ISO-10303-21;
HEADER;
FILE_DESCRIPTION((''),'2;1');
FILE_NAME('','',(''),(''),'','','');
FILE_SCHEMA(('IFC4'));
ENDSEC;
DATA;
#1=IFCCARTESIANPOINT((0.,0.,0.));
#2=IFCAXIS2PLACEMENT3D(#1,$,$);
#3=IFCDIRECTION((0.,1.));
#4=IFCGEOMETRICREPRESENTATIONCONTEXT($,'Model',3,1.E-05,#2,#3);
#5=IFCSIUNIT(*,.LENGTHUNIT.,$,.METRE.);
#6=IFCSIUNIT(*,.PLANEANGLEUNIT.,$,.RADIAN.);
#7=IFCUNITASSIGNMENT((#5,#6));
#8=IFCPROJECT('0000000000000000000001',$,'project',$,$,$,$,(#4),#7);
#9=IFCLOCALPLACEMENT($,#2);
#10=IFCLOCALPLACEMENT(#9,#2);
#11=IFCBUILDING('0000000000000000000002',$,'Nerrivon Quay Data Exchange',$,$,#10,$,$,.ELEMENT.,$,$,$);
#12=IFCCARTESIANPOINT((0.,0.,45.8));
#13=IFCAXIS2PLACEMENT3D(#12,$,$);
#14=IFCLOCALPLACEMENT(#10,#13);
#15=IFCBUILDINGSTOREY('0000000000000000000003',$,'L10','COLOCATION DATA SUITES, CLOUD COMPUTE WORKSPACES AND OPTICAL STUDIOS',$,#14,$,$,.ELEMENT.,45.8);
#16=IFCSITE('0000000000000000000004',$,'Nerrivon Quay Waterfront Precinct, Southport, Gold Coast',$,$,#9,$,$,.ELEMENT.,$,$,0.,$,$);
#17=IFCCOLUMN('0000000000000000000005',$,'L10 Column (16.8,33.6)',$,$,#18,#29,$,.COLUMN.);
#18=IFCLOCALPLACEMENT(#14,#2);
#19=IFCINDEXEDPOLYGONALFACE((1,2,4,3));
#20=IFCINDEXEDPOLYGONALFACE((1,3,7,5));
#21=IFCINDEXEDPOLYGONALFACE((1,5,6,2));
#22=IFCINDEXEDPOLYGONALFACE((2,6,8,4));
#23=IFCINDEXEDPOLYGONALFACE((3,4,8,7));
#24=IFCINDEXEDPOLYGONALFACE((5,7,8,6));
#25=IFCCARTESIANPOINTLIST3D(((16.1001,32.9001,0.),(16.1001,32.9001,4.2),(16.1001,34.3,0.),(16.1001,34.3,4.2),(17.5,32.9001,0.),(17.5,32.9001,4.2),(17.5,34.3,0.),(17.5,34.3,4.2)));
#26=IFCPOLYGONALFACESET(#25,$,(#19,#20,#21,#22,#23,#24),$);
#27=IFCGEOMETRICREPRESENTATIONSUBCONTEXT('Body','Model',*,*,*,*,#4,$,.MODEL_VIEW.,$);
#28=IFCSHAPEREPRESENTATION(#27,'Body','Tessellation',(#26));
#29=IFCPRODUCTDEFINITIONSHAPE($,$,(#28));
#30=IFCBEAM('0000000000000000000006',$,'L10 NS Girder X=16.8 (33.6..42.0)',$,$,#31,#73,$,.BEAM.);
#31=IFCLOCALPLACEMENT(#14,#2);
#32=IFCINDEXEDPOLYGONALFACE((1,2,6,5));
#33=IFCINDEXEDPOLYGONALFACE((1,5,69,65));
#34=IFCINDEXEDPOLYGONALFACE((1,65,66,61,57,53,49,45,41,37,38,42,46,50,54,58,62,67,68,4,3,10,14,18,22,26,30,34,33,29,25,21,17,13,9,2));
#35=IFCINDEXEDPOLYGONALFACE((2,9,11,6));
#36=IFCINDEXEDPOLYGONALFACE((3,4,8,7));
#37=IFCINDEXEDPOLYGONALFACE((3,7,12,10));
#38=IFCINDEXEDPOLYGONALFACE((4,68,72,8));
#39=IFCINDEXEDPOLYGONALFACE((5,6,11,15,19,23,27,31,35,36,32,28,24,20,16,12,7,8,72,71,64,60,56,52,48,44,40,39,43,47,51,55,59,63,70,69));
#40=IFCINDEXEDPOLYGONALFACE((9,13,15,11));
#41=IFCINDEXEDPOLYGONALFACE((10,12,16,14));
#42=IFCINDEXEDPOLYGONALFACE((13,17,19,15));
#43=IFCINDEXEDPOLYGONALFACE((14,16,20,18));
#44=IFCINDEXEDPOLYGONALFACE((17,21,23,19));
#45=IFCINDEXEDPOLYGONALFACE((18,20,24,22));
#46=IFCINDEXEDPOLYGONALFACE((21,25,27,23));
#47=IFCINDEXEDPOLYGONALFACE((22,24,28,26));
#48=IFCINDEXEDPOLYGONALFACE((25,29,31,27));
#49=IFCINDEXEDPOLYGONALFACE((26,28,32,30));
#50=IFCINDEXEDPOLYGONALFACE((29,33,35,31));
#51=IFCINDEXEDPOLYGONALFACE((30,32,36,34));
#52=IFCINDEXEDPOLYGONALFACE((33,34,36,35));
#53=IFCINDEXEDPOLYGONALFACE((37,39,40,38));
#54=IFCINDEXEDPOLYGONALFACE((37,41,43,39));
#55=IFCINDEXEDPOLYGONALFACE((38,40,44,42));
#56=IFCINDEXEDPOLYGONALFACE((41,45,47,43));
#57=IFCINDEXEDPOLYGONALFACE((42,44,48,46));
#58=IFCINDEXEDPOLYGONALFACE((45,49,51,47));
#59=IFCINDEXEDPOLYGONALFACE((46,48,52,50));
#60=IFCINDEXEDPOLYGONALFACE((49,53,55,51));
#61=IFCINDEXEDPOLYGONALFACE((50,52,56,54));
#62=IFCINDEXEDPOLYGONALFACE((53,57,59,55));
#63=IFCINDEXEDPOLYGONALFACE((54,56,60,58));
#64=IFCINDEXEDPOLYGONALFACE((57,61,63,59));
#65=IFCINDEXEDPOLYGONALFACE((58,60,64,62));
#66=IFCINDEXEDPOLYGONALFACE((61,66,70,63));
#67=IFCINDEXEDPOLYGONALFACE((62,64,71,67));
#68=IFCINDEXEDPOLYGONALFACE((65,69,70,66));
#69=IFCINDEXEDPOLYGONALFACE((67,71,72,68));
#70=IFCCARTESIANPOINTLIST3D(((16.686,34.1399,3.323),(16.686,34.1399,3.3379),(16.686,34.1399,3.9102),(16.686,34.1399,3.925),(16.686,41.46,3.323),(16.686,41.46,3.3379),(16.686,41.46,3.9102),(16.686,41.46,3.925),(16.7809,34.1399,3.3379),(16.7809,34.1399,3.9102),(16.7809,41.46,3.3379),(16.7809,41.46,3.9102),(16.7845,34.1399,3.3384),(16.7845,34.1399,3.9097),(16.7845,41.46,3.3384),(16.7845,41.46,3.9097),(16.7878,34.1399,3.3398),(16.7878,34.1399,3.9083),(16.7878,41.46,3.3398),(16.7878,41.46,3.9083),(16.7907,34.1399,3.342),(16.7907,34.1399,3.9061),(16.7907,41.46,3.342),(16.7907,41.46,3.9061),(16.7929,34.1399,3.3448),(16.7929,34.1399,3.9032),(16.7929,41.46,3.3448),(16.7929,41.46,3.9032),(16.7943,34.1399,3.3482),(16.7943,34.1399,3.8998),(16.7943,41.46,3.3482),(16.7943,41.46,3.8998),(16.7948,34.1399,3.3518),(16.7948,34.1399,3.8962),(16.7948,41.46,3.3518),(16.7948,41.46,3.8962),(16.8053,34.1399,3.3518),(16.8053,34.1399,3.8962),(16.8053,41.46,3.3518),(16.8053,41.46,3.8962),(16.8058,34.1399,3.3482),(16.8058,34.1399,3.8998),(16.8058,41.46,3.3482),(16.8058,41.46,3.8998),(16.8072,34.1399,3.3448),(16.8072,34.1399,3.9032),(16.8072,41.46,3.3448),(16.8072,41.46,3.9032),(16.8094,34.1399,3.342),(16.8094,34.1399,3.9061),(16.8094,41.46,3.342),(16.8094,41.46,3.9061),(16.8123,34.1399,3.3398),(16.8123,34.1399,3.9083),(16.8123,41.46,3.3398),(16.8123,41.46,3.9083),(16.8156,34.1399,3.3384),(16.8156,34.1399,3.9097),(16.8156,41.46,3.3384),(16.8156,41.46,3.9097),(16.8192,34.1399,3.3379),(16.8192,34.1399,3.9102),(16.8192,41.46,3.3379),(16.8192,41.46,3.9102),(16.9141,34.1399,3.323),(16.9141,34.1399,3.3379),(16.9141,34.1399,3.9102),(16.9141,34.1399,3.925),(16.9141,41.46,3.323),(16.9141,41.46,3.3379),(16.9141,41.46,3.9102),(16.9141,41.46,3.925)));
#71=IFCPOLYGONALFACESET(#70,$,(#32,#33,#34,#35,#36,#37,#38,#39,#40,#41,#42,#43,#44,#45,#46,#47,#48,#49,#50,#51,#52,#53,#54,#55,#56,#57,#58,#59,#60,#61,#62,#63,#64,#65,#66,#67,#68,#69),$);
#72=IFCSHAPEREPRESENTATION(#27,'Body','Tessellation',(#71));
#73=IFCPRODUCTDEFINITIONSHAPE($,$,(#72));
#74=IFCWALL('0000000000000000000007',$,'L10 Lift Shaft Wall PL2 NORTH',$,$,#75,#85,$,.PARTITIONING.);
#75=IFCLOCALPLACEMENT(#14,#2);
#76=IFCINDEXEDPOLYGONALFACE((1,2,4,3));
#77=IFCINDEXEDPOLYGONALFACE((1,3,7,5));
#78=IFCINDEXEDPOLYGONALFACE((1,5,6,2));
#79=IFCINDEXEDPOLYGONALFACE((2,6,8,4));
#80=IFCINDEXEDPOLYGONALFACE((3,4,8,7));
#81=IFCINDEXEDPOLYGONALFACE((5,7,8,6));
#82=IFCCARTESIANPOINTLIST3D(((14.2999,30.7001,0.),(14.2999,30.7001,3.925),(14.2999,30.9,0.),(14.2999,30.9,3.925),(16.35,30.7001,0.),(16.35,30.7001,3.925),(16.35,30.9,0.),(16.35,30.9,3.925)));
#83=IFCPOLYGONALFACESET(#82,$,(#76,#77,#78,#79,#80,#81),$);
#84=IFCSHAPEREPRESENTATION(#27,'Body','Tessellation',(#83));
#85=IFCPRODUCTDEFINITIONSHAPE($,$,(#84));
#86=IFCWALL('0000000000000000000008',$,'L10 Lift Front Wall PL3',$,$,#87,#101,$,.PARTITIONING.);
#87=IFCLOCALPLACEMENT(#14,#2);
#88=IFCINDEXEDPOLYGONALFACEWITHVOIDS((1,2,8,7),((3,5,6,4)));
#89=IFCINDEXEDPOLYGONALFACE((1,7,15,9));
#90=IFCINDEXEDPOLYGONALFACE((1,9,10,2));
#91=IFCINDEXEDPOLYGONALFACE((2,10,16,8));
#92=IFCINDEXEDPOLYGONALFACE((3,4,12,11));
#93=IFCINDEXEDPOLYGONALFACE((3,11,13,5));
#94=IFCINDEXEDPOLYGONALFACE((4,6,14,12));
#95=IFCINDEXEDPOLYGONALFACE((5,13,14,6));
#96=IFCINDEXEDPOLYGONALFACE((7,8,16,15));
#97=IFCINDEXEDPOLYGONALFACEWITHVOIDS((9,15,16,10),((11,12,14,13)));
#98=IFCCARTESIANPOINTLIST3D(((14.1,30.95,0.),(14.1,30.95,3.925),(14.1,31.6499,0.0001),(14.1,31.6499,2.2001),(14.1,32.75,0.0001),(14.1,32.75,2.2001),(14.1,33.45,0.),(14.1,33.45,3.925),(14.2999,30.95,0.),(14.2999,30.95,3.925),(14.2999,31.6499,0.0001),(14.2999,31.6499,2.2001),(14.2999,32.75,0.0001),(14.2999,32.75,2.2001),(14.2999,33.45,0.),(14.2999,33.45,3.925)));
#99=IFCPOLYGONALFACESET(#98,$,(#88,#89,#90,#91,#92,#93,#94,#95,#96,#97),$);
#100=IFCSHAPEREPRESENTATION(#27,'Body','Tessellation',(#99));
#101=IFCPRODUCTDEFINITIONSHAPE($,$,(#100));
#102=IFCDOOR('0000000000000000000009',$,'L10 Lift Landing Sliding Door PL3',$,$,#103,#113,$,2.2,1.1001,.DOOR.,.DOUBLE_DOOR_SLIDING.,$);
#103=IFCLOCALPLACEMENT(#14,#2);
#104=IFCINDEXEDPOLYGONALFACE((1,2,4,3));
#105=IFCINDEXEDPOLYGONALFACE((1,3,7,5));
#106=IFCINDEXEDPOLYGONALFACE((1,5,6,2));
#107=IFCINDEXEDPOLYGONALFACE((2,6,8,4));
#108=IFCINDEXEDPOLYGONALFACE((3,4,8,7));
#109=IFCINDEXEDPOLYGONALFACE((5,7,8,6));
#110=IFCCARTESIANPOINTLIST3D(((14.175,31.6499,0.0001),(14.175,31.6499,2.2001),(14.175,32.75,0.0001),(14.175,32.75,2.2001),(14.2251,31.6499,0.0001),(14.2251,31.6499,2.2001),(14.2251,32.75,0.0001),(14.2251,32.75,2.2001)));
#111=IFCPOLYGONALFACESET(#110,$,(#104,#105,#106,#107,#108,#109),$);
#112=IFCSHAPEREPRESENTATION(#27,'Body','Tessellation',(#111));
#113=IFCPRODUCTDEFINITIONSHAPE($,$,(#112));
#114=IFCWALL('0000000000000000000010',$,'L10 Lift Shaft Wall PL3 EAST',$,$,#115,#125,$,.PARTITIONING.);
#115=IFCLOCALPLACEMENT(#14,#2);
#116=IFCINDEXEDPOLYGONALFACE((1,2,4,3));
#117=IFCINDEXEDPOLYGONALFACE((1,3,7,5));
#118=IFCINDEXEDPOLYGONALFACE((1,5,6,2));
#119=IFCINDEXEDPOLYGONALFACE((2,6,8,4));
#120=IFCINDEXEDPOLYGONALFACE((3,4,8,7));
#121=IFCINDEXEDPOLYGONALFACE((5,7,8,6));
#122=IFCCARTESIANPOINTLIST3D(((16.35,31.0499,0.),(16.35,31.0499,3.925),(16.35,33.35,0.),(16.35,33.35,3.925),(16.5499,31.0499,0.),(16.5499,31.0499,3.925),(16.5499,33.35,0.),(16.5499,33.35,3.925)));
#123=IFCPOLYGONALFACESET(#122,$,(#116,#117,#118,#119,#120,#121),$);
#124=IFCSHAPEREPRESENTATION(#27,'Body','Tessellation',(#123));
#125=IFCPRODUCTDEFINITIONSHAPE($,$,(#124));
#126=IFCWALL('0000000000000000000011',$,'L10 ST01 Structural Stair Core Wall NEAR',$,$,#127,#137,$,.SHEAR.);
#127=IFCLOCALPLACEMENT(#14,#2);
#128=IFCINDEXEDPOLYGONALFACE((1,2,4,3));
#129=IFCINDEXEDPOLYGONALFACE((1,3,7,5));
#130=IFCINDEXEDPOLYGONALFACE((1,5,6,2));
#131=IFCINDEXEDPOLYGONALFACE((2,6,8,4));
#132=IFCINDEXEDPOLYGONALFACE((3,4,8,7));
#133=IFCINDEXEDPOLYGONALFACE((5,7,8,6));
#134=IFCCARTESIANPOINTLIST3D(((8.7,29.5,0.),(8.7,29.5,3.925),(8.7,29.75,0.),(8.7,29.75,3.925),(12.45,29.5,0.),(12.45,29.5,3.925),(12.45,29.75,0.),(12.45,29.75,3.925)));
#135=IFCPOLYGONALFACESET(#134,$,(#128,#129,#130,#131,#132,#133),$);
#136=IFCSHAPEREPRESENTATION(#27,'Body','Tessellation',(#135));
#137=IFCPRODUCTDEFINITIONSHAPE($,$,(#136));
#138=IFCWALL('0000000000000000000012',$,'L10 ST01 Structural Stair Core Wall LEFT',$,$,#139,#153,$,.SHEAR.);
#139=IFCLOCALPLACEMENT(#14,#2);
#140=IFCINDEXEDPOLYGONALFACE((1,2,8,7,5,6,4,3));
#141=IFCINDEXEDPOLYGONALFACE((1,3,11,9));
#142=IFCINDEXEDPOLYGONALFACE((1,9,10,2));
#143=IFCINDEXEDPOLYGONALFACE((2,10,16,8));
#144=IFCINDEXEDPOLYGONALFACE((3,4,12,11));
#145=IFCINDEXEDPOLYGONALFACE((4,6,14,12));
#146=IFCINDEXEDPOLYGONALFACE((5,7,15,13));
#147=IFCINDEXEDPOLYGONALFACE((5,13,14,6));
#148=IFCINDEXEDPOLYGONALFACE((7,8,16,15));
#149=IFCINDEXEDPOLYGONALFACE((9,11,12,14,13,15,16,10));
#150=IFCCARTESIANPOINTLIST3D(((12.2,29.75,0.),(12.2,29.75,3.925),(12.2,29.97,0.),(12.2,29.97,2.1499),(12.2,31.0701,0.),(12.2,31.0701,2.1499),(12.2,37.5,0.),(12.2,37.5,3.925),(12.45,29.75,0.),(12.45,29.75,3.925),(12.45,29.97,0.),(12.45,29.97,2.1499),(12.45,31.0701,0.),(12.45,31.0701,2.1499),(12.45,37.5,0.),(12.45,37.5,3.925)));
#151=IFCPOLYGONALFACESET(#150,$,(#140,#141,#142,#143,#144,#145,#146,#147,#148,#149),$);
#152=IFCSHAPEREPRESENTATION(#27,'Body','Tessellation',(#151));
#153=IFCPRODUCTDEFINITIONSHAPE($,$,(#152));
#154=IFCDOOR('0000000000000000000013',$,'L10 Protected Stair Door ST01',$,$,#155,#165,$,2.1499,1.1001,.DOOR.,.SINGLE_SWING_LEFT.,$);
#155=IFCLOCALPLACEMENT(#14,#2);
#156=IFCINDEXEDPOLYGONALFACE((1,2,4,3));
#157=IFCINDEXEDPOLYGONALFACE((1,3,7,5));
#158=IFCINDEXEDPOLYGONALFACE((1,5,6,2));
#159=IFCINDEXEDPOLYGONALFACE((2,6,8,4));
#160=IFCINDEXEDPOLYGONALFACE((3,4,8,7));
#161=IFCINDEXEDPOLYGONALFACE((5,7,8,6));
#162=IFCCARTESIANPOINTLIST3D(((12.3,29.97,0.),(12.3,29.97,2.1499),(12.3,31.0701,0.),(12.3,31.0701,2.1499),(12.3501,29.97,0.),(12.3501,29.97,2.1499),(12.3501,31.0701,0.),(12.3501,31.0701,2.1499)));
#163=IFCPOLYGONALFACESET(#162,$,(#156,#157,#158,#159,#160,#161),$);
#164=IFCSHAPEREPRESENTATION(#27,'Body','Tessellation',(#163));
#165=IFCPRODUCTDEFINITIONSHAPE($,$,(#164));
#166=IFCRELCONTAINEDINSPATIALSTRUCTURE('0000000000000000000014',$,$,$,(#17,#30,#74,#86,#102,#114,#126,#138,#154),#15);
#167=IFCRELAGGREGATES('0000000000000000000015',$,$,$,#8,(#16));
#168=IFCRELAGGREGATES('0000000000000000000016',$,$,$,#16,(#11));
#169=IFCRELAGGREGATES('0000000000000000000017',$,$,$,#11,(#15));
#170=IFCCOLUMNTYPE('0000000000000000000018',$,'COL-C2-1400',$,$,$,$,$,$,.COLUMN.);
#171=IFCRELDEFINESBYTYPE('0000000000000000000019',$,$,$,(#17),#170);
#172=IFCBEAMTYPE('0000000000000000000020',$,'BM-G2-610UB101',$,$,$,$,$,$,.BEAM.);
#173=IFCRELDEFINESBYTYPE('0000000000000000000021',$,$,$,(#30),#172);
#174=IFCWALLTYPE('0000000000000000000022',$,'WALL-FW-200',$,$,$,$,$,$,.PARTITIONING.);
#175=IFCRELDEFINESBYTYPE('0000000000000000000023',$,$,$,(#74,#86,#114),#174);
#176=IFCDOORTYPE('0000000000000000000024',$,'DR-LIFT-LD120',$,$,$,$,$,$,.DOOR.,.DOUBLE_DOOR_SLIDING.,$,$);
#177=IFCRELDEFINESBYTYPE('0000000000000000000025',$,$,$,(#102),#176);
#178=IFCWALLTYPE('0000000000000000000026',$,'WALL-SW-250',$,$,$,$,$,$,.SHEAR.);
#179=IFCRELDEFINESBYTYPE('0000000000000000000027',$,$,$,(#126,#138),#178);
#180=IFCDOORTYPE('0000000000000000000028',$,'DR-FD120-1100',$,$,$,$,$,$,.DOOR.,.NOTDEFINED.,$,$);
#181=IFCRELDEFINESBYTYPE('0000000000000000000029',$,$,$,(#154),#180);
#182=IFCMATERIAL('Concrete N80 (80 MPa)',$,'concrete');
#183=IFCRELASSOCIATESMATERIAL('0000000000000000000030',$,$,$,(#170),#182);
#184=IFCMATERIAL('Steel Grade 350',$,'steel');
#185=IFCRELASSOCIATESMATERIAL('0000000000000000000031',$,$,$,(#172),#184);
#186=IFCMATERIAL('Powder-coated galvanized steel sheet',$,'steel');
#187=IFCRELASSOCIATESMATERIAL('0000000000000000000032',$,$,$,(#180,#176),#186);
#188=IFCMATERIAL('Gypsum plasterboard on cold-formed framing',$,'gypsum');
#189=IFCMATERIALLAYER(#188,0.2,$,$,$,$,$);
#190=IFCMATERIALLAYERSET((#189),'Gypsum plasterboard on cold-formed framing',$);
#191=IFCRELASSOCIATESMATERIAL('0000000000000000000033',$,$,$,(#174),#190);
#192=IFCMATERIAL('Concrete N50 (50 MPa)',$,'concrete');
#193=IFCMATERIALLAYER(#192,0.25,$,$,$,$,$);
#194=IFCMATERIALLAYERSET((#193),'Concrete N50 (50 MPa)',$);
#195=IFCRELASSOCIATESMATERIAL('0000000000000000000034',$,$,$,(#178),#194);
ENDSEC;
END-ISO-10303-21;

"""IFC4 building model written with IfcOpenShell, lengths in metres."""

from ifc_helpers import new_model, si_unit, direction, frame, frame_2d, origin, origin_2d, place, context, subcontext, project, spatial, rectangle, i_section, extrude, material, layer, layer_set, material_profile, profile_set, type_object, element, fill, save


model = new_model("IFC4")

# Units and contexts
model_context = context("Model", 3, precision=1e-05, world=origin(), true_north=direction((0.0, 1.0)))
body_context = subcontext(model_context, "Body", "Model", "MODEL_VIEW")
ifc_project = project(units=[si_unit("LENGTHUNIT", "METRE"), si_unit("PLANEANGLEUNIT", "RADIAN")], contexts=[model_context])

# Site, building, storey
site_placement = place(None, origin())
site = spatial("IfcSite", under=ifc_project, at=site_placement, Name="Nerrivon Quay Waterfront Precinct, Southport, Gold Coast", CompositionType="ELEMENT", RefElevation=0.0)
building_placement = place(site_placement, origin())
building = spatial("IfcBuilding", under=site, at=building_placement, Name="Nerrivon Quay Data Exchange", CompositionType="ELEMENT")
storey_placement = place(building_placement, frame((0.0, 0.0, 45.8)))
storey = spatial("IfcBuildingStorey", under=building, at=storey_placement, Name="L10", Description="COLOCATION DATA SUITES, CLOUD COMPUTE WORKSPACES AND OPTICAL STUDIOS", CompositionType="ELEMENT", Elevation=45.8)

# Column
ifc_material_1 = material(Name="Concrete N80 (80 MPa)", Category="concrete")
ifc_material_profile_1 = material_profile(ifc_material_1, rectangle(XDim=1.3999, YDim=1.3999, at=origin_2d()), Name="RC-COL-1400x1400")
ifc_profile_set_1 = profile_set([ifc_material_profile_1], Name="Concrete N80 (80 MPa)")
column_type = type_object("IfcColumnType", Name="COL-C2-1400", PredefinedType="COLUMN", material=ifc_profile_set_1)
column_placement = place(storey_placement, frame((16.8, 33.6001, 0.0), z_axis=(0.0, 0.0, 1.0), x_axis=(1.0, 0.0, 0.0)))
element("IfcColumn", 1, at=column_placement, inside=storey, type_object=column_type, Name="L10 Column (16.8,33.6)", PredefinedType="COLUMN", context=body_context, shape_type="SweptSolid", body=[
    extrude(rectangle(XDim=1.3999, YDim=1.3999, at=origin_2d()), origin(), (0.0, 0.0, 1.0), 4.2),
])

# Beam
ifc_material_2 = material(Name="Steel Grade 350", Category="steel")
ifc_material_profile_2 = material_profile(ifc_material_2, i_section(OverallWidth=0.228, OverallDepth=0.6021, WebThickness=0.0105, FlangeThickness=0.0149, FilletRadius=0.0139, at=origin_2d()), Name="610UB101")
ifc_profile_set_2 = profile_set([ifc_material_profile_2], Name="Steel Grade 350")
beam_type = type_object("IfcBeamType", Name="BM-G2-610UB101", PredefinedType="BEAM", material=ifc_profile_set_2)
beam_placement = place(storey_placement, frame((16.8, 34.1399, 3.624), z_axis=(0.0, 1.0, 0.0), x_axis=(-1.0, 0.0, 0.0)))
element("IfcBeam", 2, at=beam_placement, inside=storey, type_object=beam_type, Name="L10 NS Girder X=16.8 (33.6..42.0)", PredefinedType="BEAM", context=body_context, shape_type="SweptSolid", body=[
    extrude(i_section(OverallWidth=0.228, OverallDepth=0.6021, WebThickness=0.0105, FlangeThickness=0.0149, FilletRadius=0.0139, at=origin_2d()), origin(), (0.0, 0.0, 1.0), 7.3201),
])

# Shared definitions
ifc_material_3 = material(Name="Powder-coated galvanized steel sheet", Category="steel")
door_type_1 = type_object("IfcDoorType", Name="DR-FD120-1100", OperationType="NOTDEFINED", PredefinedType="DOOR", material=ifc_material_3)

# Wall
ifc_material_4 = material(Name="Gypsum plasterboard on cold-formed framing", Category="gypsum")
ifc_layer_1 = layer(ifc_material_4, 0.2)
ifc_layer_set_1 = layer_set([ifc_layer_1], Name="Gypsum plasterboard on cold-formed framing")
wall_type_1 = type_object("IfcWallType", Name="WALL-FW-200", PredefinedType="PARTITIONING", material=ifc_layer_set_1)
wall_1_placement = place(storey_placement, frame((14.3, 30.8, 0.0), z_axis=(0.0, 0.0, 1.0), x_axis=(1.0, 0.0, 0.0)))
element("IfcWall", 3, at=wall_1_placement, inside=storey, type_object=wall_type_1, Name="L10 Lift Shaft Wall PL2 NORTH", PredefinedType="PARTITIONING", context=body_context, shape_type="SweptSolid", body=[
    extrude(rectangle(XDim=2.05, YDim=0.2, at=frame_2d((1.0249, 0.0))), origin(), (0.0, 0.0, 1.0), 3.925),
])

# Wall, opening, door
wall_2_placement = place(storey_placement, frame((14.2, 30.95, 0.0), z_axis=(0.0, 0.0, 1.0), x_axis=(0.0, 1.0, 0.0)))
wall_2 = element("IfcWall", 4, at=wall_2_placement, inside=storey, type_object=wall_type_1, Name="L10 Lift Front Wall PL3", PredefinedType="PARTITIONING", context=body_context, shape_type="SweptSolid", body=[
    extrude(rectangle(XDim=2.5, YDim=0.2, at=frame_2d((1.25, 0.0))), origin(), (0.0, 0.0, 1.0), 3.925),
])
opening_1_placement = place(wall_2_placement, frame((0.7, 0.0, 0.0)))
opening_1 = element("IfcOpeningElement", 5, at=opening_1_placement, cuts=wall_2, PredefinedType="OPENING", context=body_context, shape_type="SweptSolid", body=[
    extrude(rectangle(XDim=1.1001, YDim=2.2, at=frame_2d((0.55, 1.1001))), frame((0.0, 0.1099, 0.0), z_axis=(0.0, -1.0, 0.0), x_axis=(1.0, 0.0, 0.0)), (0.0, 0.0, 1.0), 0.22),
])
door_type_2 = type_object("IfcDoorType", Name="DR-LIFT-LD120", OperationType="DOUBLE_DOOR_SLIDING", PredefinedType="DOOR", material=ifc_material_3)
door_1_placement = place(opening_1_placement, origin())
door_1 = element("IfcDoor", 6, at=door_1_placement, inside=storey, type_object=door_type_2, Name="L10 Lift Landing Sliding Door PL3", OperationType="DOUBLE_DOOR_SLIDING", OverallHeight=2.2, OverallWidth=1.1001, PredefinedType="DOOR", context=body_context, shape_type="SweptSolid", body=[
    extrude(rectangle(XDim=1.1001, YDim=2.2, at=frame_2d((0.55, 1.1001))), frame((0.0, 0.0249, 0.0), z_axis=(0.0, -1.0, 0.0), x_axis=(1.0, 0.0, 0.0)), (0.0, 0.0, 1.0), 0.05),
])
fill(opening_1, door_1)

# Walls
wall_3_placement = place(storey_placement, frame((16.45, 31.05, 0.0), z_axis=(0.0, 0.0, 1.0), x_axis=(0.0, 1.0, 0.0)))
element("IfcWall", 7, at=wall_3_placement, inside=storey, type_object=wall_type_1, Name="L10 Lift Shaft Wall PL3 EAST", PredefinedType="PARTITIONING", context=body_context, shape_type="SweptSolid", body=[
    extrude(rectangle(XDim=2.3, YDim=0.2, at=frame_2d((1.1499, 0.0))), origin(), (0.0, 0.0, 1.0), 3.925),
])
ifc_material_5 = material(Name="Concrete N50 (50 MPa)", Category="concrete")
ifc_layer_2 = layer(ifc_material_5, 0.25)
ifc_layer_set_2 = layer_set([ifc_layer_2], Name="Concrete N50 (50 MPa)")
wall_type_2 = type_object("IfcWallType", Name="WALL-SW-250", PredefinedType="SHEAR", material=ifc_layer_set_2)
wall_4_placement = place(storey_placement, frame((12.45, 29.625, 0.0), z_axis=(0.0, 0.0, 1.0), x_axis=(-1.0, 0.0, 0.0)))
element("IfcWall", 8, at=wall_4_placement, inside=storey, type_object=wall_type_2, Name="L10 ST01 Structural Stair Core Wall NEAR", PredefinedType="SHEAR", context=body_context, shape_type="SweptSolid", body=[
    extrude(rectangle(XDim=3.75, YDim=0.25, at=frame_2d((1.875, 0.0))), origin(), (0.0, 0.0, 1.0), 3.925),
])

# Wall, opening, door
wall_5_placement = place(storey_placement, frame((12.325, 29.75, 0.0), z_axis=(0.0, 0.0, 1.0), x_axis=(0.0, 1.0, 0.0)))
wall_5 = element("IfcWall", 9, at=wall_5_placement, inside=storey, type_object=wall_type_2, Name="L10 ST01 Structural Stair Core Wall LEFT", PredefinedType="SHEAR", context=body_context, shape_type="SweptSolid", body=[
    extrude(rectangle(XDim=7.75, YDim=0.25, at=frame_2d((3.875, 0.0))), origin(), (0.0, 0.0, 1.0), 3.925),
])
opening_2_placement = place(wall_5_placement, frame((0.22, 0.0, 0.0)))
opening_2 = element("IfcOpeningElement", 10, at=opening_2_placement, cuts=wall_5, PredefinedType="OPENING", context=body_context, shape_type="SweptSolid", body=[
    extrude(rectangle(XDim=1.1001, YDim=2.1499, at=frame_2d((0.55, 1.075))), frame((0.0, 0.135, 0.0), z_axis=(0.0, -1.0, 0.0), x_axis=(1.0, 0.0, 0.0)), (0.0, 0.0, 1.0), 0.27),
])
door_2_placement = place(opening_2_placement, origin())
door_2 = element("IfcDoor", 11, at=door_2_placement, inside=storey, type_object=door_type_1, Name="L10 Protected Stair Door ST01", OperationType="SINGLE_SWING_LEFT", OverallHeight=2.1499, OverallWidth=1.1001, PredefinedType="DOOR", context=body_context, shape_type="SweptSolid", body=[
    extrude(rectangle(XDim=1.1001, YDim=2.1499, at=frame_2d((0.55, 1.075))), frame((0.0, 0.0249, 0.0), z_axis=(0.0, -1.0, 0.0), x_axis=(1.0, 0.0, 0.0)), (0.0, 0.0, 1.0), 0.05),
])
fill(opening_2, door_2)

save(model, "model.ifc")
